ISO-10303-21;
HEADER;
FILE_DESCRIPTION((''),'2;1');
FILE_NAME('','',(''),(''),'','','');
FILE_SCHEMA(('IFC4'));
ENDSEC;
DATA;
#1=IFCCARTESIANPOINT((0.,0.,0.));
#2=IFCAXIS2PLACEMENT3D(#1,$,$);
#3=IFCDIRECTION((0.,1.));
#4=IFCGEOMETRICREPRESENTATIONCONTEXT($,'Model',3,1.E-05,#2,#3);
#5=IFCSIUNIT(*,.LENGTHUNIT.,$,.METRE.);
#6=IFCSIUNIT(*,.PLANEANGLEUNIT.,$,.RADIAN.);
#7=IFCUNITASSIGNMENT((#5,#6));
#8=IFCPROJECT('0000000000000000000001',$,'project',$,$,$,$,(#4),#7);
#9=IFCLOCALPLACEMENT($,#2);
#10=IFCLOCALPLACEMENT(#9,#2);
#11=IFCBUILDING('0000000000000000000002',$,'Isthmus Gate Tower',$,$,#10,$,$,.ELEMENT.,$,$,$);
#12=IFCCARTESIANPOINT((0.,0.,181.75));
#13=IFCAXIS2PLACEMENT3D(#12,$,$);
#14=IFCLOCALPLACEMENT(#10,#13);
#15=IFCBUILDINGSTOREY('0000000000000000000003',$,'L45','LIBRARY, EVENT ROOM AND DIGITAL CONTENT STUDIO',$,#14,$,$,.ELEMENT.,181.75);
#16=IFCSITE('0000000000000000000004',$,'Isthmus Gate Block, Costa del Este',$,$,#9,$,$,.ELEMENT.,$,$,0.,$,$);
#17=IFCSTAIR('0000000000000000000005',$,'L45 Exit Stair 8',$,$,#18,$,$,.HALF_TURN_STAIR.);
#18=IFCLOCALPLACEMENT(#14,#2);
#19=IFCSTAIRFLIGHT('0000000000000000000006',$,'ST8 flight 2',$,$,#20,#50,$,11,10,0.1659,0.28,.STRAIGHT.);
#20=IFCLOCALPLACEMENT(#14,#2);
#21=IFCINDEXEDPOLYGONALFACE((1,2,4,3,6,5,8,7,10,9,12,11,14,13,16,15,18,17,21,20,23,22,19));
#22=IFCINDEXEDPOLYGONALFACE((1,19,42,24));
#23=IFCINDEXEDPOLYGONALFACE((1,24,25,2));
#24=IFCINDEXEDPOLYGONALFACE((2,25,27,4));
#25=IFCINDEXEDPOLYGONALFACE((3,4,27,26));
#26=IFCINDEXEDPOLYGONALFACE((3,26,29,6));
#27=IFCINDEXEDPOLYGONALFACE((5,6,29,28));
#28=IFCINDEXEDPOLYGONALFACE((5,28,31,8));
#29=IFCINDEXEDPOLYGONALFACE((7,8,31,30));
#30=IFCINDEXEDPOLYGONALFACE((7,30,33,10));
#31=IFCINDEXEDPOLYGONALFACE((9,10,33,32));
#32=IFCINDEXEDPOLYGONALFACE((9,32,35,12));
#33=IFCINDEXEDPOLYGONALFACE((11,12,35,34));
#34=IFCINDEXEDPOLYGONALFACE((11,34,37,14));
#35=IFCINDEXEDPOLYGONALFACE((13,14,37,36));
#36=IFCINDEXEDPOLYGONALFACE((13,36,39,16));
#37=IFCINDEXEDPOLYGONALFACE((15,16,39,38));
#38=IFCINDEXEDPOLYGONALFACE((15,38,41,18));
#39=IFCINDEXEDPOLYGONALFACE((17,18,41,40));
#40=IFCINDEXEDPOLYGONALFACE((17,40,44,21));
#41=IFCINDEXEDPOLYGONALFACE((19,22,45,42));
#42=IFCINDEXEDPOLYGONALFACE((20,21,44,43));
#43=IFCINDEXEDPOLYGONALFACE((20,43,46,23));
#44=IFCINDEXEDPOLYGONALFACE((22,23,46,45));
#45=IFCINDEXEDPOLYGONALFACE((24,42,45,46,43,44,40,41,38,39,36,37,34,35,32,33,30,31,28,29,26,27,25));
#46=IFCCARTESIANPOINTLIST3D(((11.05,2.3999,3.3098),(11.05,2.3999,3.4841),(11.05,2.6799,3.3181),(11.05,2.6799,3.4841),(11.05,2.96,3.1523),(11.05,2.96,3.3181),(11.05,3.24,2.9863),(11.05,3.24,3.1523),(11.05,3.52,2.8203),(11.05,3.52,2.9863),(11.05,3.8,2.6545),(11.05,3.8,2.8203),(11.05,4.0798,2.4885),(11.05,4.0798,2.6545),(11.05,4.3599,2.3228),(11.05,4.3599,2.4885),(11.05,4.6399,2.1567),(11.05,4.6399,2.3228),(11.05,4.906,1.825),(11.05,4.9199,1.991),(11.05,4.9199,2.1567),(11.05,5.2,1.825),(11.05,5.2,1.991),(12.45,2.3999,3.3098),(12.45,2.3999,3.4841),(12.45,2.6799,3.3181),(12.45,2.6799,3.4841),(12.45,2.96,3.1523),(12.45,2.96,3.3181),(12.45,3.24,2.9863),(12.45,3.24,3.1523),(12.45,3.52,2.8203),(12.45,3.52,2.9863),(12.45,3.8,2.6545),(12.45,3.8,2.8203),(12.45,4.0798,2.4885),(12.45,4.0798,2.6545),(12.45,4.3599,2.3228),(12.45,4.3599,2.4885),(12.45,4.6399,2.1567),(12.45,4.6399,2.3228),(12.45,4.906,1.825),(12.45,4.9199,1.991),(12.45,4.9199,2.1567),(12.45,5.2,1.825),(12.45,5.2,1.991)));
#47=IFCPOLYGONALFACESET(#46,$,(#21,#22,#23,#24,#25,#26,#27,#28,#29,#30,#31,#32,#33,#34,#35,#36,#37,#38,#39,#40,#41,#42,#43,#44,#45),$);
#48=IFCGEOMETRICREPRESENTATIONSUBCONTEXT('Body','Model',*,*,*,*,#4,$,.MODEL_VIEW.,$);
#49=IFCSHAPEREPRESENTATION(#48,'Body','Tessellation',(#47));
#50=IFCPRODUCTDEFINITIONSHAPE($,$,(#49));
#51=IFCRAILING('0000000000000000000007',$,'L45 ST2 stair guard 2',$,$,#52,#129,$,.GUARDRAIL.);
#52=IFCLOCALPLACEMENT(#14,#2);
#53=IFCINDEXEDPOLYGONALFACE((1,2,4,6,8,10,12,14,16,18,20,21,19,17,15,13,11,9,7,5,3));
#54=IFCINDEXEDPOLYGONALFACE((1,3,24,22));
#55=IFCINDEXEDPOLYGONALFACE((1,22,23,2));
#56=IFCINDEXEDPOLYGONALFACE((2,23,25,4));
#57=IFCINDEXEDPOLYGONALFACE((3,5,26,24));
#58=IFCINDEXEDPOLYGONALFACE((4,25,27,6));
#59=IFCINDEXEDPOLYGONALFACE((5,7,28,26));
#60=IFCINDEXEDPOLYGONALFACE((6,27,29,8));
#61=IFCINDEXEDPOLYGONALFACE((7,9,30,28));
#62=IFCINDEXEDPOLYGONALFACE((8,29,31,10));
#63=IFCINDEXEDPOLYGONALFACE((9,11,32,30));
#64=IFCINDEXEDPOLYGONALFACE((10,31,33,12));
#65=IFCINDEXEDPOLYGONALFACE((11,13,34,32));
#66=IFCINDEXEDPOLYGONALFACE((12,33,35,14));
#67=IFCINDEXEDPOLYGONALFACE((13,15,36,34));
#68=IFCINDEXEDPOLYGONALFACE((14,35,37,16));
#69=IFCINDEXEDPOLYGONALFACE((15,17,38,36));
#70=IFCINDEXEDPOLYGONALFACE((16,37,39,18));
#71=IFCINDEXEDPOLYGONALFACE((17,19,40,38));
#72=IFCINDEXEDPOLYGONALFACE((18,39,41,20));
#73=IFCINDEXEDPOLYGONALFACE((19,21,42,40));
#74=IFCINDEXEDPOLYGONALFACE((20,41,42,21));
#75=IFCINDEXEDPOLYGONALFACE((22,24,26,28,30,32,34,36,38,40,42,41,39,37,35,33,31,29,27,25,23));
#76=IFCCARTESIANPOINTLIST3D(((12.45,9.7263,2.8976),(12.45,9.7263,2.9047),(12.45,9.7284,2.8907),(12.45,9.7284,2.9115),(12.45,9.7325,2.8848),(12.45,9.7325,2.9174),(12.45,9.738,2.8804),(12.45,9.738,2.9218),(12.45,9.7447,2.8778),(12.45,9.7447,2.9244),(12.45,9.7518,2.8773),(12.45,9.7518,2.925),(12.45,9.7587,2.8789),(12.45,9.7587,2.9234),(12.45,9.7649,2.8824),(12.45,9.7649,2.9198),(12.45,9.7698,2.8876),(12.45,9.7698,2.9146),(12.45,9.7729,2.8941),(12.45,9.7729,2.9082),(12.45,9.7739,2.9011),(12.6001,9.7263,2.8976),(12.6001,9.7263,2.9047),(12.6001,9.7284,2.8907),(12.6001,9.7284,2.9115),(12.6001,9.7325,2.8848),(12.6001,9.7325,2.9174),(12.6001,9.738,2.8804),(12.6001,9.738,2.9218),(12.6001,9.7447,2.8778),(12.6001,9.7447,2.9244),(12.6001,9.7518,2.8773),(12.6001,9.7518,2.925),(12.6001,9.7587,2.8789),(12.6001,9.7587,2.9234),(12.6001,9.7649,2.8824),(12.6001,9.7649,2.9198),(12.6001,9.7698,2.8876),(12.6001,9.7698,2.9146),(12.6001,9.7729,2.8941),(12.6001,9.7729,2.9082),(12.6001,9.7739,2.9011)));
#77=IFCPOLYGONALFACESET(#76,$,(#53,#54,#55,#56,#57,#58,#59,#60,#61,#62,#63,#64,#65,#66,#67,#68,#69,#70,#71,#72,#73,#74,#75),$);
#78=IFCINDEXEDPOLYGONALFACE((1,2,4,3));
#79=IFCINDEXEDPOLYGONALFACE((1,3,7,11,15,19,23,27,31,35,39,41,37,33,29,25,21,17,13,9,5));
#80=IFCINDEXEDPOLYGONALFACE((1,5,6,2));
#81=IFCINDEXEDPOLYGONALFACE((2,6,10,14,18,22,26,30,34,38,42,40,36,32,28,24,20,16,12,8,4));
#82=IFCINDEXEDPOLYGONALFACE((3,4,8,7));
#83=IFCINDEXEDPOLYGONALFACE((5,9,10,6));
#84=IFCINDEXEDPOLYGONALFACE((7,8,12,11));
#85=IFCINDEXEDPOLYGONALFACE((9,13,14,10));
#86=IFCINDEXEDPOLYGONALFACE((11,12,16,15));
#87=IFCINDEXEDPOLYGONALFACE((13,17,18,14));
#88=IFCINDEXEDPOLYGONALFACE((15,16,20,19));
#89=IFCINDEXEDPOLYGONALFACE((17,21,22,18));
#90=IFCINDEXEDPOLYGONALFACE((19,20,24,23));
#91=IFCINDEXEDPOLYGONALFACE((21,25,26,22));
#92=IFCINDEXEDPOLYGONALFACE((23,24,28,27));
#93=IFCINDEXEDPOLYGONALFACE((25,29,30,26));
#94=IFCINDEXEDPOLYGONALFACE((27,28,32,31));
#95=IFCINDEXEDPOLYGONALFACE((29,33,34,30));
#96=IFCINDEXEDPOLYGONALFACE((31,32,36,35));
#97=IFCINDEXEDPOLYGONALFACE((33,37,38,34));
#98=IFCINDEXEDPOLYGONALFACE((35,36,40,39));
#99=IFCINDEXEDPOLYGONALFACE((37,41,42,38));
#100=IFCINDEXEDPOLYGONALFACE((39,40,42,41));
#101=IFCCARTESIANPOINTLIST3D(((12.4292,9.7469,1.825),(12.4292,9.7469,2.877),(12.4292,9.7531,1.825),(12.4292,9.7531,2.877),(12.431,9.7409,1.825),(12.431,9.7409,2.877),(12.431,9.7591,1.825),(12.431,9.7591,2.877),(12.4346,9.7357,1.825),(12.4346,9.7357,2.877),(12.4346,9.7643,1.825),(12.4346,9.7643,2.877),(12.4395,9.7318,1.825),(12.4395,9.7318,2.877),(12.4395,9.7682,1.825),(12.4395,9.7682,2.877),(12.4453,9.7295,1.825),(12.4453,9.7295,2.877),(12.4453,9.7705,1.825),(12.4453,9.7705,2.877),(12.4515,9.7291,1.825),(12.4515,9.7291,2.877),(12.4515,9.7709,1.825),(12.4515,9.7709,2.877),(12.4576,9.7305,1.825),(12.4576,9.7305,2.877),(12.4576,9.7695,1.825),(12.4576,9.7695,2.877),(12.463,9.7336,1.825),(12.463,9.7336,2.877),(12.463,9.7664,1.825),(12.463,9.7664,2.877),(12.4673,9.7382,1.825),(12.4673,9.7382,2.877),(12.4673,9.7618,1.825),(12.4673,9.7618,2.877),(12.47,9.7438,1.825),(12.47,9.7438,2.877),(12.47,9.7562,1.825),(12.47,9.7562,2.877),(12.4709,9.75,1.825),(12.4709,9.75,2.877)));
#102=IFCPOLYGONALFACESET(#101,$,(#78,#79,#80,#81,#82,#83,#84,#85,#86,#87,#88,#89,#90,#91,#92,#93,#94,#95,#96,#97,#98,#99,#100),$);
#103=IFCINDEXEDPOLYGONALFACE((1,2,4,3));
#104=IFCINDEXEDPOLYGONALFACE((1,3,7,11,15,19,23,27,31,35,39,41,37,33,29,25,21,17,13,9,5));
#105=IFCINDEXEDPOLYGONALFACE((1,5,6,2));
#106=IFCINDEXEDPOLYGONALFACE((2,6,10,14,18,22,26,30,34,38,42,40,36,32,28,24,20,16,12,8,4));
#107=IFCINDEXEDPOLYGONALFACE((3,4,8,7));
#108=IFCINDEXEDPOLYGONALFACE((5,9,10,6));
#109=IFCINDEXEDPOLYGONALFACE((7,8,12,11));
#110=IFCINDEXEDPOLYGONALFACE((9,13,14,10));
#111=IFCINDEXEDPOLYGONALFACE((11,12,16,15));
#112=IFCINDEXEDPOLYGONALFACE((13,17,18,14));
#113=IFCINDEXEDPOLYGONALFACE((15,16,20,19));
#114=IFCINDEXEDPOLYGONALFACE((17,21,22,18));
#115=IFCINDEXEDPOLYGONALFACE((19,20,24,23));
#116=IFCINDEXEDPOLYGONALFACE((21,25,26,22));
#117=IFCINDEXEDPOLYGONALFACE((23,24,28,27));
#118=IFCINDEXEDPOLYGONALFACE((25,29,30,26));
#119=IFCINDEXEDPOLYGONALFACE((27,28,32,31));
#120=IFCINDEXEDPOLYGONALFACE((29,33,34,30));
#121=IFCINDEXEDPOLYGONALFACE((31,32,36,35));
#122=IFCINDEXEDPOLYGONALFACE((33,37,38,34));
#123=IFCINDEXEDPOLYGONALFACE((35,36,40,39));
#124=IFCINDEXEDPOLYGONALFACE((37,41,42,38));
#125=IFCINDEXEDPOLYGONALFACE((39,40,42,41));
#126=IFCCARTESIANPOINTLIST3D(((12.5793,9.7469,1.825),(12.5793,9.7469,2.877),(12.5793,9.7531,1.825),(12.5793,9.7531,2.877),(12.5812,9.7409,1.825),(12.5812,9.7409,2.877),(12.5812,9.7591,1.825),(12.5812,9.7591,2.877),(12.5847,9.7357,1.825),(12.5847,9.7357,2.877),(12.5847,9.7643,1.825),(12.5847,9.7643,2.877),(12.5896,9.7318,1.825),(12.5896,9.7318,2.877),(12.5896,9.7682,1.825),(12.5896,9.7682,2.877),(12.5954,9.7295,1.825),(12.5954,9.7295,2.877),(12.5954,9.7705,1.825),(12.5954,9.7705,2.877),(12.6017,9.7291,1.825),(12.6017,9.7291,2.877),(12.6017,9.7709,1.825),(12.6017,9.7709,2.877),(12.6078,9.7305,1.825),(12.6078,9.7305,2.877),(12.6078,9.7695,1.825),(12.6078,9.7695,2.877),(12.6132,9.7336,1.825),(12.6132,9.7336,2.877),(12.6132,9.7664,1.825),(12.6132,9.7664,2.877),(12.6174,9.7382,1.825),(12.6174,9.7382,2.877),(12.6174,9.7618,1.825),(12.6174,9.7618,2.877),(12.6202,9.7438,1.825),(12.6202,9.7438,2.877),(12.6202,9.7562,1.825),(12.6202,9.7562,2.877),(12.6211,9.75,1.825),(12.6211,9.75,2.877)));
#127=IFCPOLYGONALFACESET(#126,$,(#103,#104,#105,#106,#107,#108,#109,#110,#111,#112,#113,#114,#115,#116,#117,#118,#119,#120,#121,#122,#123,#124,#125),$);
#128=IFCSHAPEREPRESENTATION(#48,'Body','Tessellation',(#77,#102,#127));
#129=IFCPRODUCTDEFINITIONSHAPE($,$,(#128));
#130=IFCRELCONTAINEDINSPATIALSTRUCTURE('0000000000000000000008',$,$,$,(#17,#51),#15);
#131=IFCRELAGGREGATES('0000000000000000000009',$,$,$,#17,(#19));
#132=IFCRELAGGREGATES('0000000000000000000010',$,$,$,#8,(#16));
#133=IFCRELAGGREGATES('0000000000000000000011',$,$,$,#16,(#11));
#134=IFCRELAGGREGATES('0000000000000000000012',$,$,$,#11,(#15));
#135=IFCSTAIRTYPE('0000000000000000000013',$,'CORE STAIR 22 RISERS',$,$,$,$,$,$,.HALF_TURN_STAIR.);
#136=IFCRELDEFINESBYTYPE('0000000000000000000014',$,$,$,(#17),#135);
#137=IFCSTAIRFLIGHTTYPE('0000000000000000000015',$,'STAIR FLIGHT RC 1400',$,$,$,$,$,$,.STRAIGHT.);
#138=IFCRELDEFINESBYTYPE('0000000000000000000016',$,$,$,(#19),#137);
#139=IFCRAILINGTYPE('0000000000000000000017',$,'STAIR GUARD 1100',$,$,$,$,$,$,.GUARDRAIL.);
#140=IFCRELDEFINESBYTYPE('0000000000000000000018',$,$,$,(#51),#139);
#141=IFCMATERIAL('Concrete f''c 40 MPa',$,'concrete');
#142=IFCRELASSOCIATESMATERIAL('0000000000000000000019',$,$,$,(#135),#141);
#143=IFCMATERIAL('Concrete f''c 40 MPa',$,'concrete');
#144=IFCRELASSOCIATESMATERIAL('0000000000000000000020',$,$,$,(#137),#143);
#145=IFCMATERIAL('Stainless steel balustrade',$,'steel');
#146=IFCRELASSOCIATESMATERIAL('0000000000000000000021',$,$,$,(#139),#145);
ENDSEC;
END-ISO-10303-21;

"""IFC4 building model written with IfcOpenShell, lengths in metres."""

from ifc_helpers import new_model, si_unit, direction, frame, origin, origin_2d, place, context, subcontext, project, spatial, polyline, circle, outline, extrude, material, type_object, element, aggregate, save


model = new_model("IFC4")

# Units and contexts
model_context = context("Model", 3, precision=1e-05, world=origin(), true_north=direction((0.0, 1.0)))
body_context = subcontext(model_context, "Body", "Model", "MODEL_VIEW")
ifc_project = project(units=[si_unit("LENGTHUNIT", "METRE"), si_unit("PLANEANGLEUNIT", "RADIAN")], contexts=[model_context])

# Site, building, storey
site_placement = place(None, origin())
site = spatial("IfcSite", under=ifc_project, at=site_placement, Name="Isthmus Gate Block, Costa del Este", CompositionType="ELEMENT", RefElevation=0.0)
building_placement = place(site_placement, origin())
building = spatial("IfcBuilding", under=site, at=building_placement, Name="Isthmus Gate Tower", CompositionType="ELEMENT")
storey_placement = place(building_placement, frame((0.0, 0.0, 181.75)))
storey = spatial("IfcBuildingStorey", under=building, at=storey_placement, Name="L45", Description="LIBRARY, EVENT ROOM AND DIGITAL CONTENT STUDIO", CompositionType="ELEMENT", Elevation=181.75)

# Stair, stair flight
ifc_material_1 = material(Name="Concrete f'c 40 MPa", Category="concrete")
stair_type = type_object("IfcStairType", Name="CORE STAIR 22 RISERS", PredefinedType="HALF_TURN_STAIR", material=ifc_material_1)
stair_placement = place(storey_placement, origin())
stair = element("IfcStair", 1, at=stair_placement, inside=storey, type_object=stair_type, Name="L45 Exit Stair 8", PredefinedType="HALF_TURN_STAIR")
ifc_material_2 = material(Name="Concrete f'c 40 MPa", Category="concrete")
stair_flight_type = type_object("IfcStairFlightType", Name="STAIR FLIGHT RC 1400", PredefinedType="STRAIGHT", material=ifc_material_2)
stair_flight_placement = place(storey_placement, frame((11.75, 5.2, 1.825), z_axis=(0.0, 0.0, 1.0), x_axis=(0.0, -1.0, 0.0)))
stair_flight = element("IfcStairFlight", 2, at=stair_flight_placement, type_object=stair_flight_type, Name="ST8 flight 2", NumberOfRisers=11, NumberOfTreads=10, PredefinedType="STRAIGHT", RiserHeight=0.1659, TreadLength=0.28, context=body_context, shape_type="SweptSolid", body=[
    extrude(outline(polyline([(0.0, 0.0), (0.0, 0.166), (0.28, 0.166), (0.28, 0.3318), (0.5601, 0.3318), (0.5601, 0.4978), (0.8401, 0.4978), (0.8401, 0.6636), (1.1201, 0.6636), (1.1201, 0.8296), (1.3999, 0.8296), (1.3999, 0.9954), (1.6799, 0.9954), (1.6799, 1.1614), (1.96, 1.1614), (1.96, 1.3274), (2.24, 1.3274), (2.24, 1.4932), (2.52, 1.4932), (2.52, 1.6592), (2.8, 1.6592), (2.8, 1.825), (2.8, 1.4849), (0.2939, 0.0), (0.0, 0.0)])), frame((0.0, 0.7, 0.0), z_axis=(0.0, -1.0, 0.0), x_axis=(1.0, 0.0, 0.0)), (0.0, 0.0, 1.0), 1.3999),
])
aggregate(stair, [stair_flight])

# Railing
ifc_material_3 = material(Name="Stainless steel balustrade", Category="steel")
railing_type_1 = type_object("IfcRailingType", Name="STAIR GUARD 1100", PredefinedType="GUARDRAIL", material=ifc_material_3)
railing_1_placement = place(storey_placement, frame((12.45, 9.75, 1.825)))
element("IfcRailing", 3, at=railing_1_placement, inside=storey, type_object=railing_type_1, Name="L45 ST2 stair guard 2", PredefinedType="GUARDRAIL", context=body_context, shape_type="SweptSolid", body=[
    extrude(circle(Radius=0.0239, at=origin_2d()), frame((0.0, 0.0, 1.0762), z_axis=(1.0, 0.0, 0.0), x_axis=(0.0, 1.0, 0.0)), (0.0, 0.0, 1.0), 0.1501),
    extrude(circle(Radius=0.021, at=origin_2d()), origin(), (0.0, 0.0, 1.0), 1.052),
    extrude(circle(Radius=0.021, at=origin_2d()), frame((0.1501, 0.0, 0.0)), (0.0, 0.0, 1.0), 1.052),
])

save(model, "model.ifc")
